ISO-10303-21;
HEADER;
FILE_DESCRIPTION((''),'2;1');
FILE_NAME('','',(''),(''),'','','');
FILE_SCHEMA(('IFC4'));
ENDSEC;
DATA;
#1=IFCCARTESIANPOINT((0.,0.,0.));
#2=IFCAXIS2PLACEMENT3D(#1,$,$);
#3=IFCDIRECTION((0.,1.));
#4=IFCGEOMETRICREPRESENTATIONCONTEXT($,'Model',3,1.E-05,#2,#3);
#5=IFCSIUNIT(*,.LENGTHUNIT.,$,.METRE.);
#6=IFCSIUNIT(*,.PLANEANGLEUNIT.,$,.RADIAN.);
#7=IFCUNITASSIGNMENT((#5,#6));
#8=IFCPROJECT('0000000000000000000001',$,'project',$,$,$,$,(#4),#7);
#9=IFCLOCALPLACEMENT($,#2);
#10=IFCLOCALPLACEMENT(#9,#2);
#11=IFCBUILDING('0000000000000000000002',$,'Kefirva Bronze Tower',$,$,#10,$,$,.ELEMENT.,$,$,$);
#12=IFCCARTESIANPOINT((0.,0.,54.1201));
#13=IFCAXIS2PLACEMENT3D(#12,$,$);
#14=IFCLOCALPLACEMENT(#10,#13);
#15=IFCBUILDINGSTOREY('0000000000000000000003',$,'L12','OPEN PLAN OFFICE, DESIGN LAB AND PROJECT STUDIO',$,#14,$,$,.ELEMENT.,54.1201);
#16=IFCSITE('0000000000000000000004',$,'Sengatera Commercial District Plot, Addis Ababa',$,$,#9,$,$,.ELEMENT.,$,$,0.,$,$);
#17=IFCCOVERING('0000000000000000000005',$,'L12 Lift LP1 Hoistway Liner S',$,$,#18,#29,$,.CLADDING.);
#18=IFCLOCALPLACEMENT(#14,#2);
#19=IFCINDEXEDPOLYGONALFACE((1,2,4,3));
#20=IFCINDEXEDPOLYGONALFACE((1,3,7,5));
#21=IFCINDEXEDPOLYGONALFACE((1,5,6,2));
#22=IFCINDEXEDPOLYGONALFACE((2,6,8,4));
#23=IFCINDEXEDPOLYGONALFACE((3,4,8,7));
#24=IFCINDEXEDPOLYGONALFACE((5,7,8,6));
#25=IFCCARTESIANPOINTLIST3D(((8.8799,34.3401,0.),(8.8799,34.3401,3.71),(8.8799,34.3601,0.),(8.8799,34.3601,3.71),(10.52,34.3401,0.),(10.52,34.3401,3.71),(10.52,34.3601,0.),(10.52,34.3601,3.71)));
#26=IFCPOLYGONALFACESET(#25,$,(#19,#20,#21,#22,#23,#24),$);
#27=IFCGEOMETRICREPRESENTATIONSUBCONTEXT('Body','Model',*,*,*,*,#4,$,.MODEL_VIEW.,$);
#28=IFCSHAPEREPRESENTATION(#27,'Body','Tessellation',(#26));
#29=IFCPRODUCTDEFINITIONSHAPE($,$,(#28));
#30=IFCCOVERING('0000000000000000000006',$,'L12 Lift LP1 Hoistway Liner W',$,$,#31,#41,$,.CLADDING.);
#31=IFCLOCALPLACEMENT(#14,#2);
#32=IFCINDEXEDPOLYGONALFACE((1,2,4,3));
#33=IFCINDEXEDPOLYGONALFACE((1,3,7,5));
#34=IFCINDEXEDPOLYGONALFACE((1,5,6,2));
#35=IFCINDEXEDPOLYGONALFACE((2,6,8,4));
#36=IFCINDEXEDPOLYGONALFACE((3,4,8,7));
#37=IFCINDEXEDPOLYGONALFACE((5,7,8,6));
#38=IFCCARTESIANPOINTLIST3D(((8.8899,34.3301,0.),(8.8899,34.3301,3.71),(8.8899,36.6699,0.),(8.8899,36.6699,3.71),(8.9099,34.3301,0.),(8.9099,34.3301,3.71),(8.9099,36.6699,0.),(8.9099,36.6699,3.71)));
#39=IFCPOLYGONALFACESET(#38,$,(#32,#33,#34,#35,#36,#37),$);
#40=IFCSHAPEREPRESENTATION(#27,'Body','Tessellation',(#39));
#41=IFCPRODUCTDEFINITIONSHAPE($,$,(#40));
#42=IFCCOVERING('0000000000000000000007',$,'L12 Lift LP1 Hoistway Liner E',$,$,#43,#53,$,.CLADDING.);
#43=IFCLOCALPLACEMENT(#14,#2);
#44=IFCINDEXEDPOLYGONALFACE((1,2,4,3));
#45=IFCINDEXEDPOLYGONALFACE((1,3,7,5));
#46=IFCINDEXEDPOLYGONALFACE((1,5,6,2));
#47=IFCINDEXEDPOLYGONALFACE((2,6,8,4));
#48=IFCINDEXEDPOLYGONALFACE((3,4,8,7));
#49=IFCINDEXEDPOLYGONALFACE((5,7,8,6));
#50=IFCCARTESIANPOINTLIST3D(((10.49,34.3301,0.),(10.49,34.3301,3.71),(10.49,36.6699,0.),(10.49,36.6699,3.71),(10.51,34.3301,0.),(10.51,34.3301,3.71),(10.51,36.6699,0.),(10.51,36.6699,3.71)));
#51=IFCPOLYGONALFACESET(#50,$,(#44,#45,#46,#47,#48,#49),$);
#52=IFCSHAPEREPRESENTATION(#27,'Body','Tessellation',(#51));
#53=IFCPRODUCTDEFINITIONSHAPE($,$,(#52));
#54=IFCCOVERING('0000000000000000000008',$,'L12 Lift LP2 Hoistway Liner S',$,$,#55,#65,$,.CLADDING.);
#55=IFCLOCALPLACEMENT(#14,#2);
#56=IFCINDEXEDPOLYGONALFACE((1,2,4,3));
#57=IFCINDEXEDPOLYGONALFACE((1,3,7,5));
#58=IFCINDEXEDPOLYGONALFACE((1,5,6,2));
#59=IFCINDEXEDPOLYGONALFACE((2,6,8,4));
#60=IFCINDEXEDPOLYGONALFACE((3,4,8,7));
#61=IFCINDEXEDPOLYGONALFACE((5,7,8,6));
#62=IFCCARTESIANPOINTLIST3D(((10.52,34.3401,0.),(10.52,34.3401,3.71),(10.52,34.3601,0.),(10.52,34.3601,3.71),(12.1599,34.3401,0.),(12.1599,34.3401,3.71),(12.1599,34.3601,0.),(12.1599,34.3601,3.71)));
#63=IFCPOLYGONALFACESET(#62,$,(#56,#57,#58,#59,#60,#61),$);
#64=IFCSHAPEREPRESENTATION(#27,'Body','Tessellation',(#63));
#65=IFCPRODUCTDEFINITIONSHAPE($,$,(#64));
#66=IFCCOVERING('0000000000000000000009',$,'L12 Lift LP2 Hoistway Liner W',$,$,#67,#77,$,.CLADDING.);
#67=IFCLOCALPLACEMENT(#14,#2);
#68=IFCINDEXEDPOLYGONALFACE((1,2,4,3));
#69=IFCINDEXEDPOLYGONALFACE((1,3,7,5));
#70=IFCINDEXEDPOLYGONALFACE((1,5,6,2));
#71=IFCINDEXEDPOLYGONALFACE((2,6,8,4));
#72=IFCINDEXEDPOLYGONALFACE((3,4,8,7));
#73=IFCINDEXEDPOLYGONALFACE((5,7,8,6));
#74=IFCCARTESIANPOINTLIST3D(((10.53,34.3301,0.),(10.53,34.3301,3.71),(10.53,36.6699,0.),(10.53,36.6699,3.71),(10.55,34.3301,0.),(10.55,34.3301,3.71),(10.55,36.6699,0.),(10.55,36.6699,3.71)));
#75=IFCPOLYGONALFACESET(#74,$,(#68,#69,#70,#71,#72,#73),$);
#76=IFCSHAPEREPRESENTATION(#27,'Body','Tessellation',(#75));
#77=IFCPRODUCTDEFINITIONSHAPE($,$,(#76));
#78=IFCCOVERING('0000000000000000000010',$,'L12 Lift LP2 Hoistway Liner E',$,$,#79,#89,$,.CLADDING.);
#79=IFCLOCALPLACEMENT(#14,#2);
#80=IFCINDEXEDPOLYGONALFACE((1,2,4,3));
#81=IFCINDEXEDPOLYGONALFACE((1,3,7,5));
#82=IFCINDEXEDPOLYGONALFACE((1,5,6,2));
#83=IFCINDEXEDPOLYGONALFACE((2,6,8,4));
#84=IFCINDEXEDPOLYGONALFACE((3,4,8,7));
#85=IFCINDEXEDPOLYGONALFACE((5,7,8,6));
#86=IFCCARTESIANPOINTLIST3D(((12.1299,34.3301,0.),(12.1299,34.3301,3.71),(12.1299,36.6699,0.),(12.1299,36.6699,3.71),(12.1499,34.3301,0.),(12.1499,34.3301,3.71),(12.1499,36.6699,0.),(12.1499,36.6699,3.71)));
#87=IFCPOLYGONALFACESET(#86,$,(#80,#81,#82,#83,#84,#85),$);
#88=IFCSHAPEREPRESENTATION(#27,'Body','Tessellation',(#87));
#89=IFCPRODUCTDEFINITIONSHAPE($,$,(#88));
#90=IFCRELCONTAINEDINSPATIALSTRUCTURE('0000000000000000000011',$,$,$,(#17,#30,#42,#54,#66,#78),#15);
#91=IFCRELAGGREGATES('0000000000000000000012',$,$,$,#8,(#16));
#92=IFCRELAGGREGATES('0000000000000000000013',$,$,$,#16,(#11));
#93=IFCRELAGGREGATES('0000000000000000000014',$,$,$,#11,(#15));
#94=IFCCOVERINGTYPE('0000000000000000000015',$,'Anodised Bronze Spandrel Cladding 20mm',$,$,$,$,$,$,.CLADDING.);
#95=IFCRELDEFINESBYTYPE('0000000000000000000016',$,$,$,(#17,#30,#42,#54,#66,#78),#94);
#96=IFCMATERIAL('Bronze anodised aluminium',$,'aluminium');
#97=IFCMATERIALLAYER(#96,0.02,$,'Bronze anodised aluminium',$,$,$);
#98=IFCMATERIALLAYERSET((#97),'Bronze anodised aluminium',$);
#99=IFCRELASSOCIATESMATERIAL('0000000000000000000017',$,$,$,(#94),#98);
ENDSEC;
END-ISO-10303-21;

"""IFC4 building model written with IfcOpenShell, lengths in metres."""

from ifc_helpers import new_model, si_unit, direction, frame, origin, place, context, subcontext, project, spatial, polyline, outline, extrude, material, layer, layer_set, type_object, element, save


model = new_model("IFC4")

# Units and contexts
model_context = context("Model", 3, precision=1e-05, world=origin(), true_north=direction((0.0, 1.0)))
body_context = subcontext(model_context, "Body", "Model", "MODEL_VIEW")
ifc_project = project(units=[si_unit("LENGTHUNIT", "METRE"), si_unit("PLANEANGLEUNIT", "RADIAN")], contexts=[model_context])

# Site, building, storey
site_placement = place(None, origin())
site = spatial("IfcSite", under=ifc_project, at=site_placement, Name="Sengatera Commercial District Plot, Addis Ababa", CompositionType="ELEMENT", RefElevation=0.0)
building_placement = place(site_placement, origin())
building = spatial("IfcBuilding", under=site, at=building_placement, Name="Kefirva Bronze Tower", CompositionType="ELEMENT")
storey_placement = place(building_placement, frame((0.0, 0.0, 54.1201)))
storey = spatial("IfcBuildingStorey", under=building, at=storey_placement, Name="L12", Description="OPEN PLAN OFFICE, DESIGN LAB AND PROJECT STUDIO", CompositionType="ELEMENT", Elevation=54.1201)

# Coverings
ifc_material_1 = material(Name="Bronze anodised aluminium", Category="aluminium")
ifc_layer_1 = layer(ifc_material_1, 0.02, Name="Bronze anodised aluminium")
ifc_layer_set_1 = layer_set([ifc_layer_1], Name="Bronze anodised aluminium")
covering_type = type_object("IfcCoveringType", Name="Anodised Bronze Spandrel Cladding 20mm", PredefinedType="CLADDING", material=ifc_layer_set_1)
covering_1_placement = place(storey_placement, origin())
element("IfcCovering", 1, at=covering_1_placement, inside=storey, type_object=covering_type, Name="L12 Lift LP1 Hoistway Liner S", PredefinedType="CLADDING", context=body_context, shape_type="SweptSolid", body=[
    extrude(outline(polyline([(8.8799, 34.3401), (10.52, 34.3401), (10.52, 34.3601), (8.8799, 34.3601), (8.8799, 34.3401)])), origin(), (0.0, 0.0, 1.0), 3.71),
])
covering_2_placement = place(storey_placement, origin())
element("IfcCovering", 2, at=covering_2_placement, inside=storey, type_object=covering_type, Name="L12 Lift LP1 Hoistway Liner W", PredefinedType="CLADDING", context=body_context, shape_type="SweptSolid", body=[
    extrude(outline(polyline([(8.8899, 34.3301), (8.9099, 34.3301), (8.9099, 36.6699), (8.8899, 36.6699), (8.8899, 34.3301)])), origin(), (0.0, 0.0, 1.0), 3.71),
])
covering_3_placement = place(storey_placement, origin())
element("IfcCovering", 3, at=covering_3_placement, inside=storey, type_object=covering_type, Name="L12 Lift LP1 Hoistway Liner E", PredefinedType="CLADDING", context=body_context, shape_type="SweptSolid", body=[
    extrude(outline(polyline([(10.49, 34.3301), (10.51, 34.3301), (10.51, 36.6699), (10.49, 36.6699), (10.49, 34.3301)])), origin(), (0.0, 0.0, 1.0), 3.71),
])
covering_4_placement = place(storey_placement, origin())
element("IfcCovering", 4, at=covering_4_placement, inside=storey, type_object=covering_type, Name="L12 Lift LP2 Hoistway Liner S", PredefinedType="CLADDING", context=body_context, shape_type="SweptSolid", body=[
    extrude(outline(polyline([(10.52, 34.3401), (12.1599, 34.3401), (12.1599, 34.3601), (10.52, 34.3601), (10.52, 34.3401)])), origin(), (0.0, 0.0, 1.0), 3.71),
])
covering_5_placement = place(storey_placement, origin())
element("IfcCovering", 5, at=covering_5_placement, inside=storey, type_object=covering_type, Name="L12 Lift LP2 Hoistway Liner W", PredefinedType="CLADDING", context=body_context, shape_type="SweptSolid", body=[
    extrude(outline(polyline([(10.53, 34.3301), (10.55, 34.3301), (10.55, 36.6699), (10.53, 36.6699), (10.53, 34.3301)])), origin(), (0.0, 0.0, 1.0), 3.71),
])
covering_6_placement = place(storey_placement, origin())
element("IfcCovering", 6, at=covering_6_placement, inside=storey, type_object=covering_type, Name="L12 Lift LP2 Hoistway Liner E", PredefinedType="CLADDING", context=body_context, shape_type="SweptSolid", body=[
    extrude(outline(polyline([(12.1299, 34.3301), (12.1499, 34.3301), (12.1499, 36.6699), (12.1299, 36.6699), (12.1299, 34.3301)])), origin(), (0.0, 0.0, 1.0), 3.71),
])

save(model, "model.ifc")
